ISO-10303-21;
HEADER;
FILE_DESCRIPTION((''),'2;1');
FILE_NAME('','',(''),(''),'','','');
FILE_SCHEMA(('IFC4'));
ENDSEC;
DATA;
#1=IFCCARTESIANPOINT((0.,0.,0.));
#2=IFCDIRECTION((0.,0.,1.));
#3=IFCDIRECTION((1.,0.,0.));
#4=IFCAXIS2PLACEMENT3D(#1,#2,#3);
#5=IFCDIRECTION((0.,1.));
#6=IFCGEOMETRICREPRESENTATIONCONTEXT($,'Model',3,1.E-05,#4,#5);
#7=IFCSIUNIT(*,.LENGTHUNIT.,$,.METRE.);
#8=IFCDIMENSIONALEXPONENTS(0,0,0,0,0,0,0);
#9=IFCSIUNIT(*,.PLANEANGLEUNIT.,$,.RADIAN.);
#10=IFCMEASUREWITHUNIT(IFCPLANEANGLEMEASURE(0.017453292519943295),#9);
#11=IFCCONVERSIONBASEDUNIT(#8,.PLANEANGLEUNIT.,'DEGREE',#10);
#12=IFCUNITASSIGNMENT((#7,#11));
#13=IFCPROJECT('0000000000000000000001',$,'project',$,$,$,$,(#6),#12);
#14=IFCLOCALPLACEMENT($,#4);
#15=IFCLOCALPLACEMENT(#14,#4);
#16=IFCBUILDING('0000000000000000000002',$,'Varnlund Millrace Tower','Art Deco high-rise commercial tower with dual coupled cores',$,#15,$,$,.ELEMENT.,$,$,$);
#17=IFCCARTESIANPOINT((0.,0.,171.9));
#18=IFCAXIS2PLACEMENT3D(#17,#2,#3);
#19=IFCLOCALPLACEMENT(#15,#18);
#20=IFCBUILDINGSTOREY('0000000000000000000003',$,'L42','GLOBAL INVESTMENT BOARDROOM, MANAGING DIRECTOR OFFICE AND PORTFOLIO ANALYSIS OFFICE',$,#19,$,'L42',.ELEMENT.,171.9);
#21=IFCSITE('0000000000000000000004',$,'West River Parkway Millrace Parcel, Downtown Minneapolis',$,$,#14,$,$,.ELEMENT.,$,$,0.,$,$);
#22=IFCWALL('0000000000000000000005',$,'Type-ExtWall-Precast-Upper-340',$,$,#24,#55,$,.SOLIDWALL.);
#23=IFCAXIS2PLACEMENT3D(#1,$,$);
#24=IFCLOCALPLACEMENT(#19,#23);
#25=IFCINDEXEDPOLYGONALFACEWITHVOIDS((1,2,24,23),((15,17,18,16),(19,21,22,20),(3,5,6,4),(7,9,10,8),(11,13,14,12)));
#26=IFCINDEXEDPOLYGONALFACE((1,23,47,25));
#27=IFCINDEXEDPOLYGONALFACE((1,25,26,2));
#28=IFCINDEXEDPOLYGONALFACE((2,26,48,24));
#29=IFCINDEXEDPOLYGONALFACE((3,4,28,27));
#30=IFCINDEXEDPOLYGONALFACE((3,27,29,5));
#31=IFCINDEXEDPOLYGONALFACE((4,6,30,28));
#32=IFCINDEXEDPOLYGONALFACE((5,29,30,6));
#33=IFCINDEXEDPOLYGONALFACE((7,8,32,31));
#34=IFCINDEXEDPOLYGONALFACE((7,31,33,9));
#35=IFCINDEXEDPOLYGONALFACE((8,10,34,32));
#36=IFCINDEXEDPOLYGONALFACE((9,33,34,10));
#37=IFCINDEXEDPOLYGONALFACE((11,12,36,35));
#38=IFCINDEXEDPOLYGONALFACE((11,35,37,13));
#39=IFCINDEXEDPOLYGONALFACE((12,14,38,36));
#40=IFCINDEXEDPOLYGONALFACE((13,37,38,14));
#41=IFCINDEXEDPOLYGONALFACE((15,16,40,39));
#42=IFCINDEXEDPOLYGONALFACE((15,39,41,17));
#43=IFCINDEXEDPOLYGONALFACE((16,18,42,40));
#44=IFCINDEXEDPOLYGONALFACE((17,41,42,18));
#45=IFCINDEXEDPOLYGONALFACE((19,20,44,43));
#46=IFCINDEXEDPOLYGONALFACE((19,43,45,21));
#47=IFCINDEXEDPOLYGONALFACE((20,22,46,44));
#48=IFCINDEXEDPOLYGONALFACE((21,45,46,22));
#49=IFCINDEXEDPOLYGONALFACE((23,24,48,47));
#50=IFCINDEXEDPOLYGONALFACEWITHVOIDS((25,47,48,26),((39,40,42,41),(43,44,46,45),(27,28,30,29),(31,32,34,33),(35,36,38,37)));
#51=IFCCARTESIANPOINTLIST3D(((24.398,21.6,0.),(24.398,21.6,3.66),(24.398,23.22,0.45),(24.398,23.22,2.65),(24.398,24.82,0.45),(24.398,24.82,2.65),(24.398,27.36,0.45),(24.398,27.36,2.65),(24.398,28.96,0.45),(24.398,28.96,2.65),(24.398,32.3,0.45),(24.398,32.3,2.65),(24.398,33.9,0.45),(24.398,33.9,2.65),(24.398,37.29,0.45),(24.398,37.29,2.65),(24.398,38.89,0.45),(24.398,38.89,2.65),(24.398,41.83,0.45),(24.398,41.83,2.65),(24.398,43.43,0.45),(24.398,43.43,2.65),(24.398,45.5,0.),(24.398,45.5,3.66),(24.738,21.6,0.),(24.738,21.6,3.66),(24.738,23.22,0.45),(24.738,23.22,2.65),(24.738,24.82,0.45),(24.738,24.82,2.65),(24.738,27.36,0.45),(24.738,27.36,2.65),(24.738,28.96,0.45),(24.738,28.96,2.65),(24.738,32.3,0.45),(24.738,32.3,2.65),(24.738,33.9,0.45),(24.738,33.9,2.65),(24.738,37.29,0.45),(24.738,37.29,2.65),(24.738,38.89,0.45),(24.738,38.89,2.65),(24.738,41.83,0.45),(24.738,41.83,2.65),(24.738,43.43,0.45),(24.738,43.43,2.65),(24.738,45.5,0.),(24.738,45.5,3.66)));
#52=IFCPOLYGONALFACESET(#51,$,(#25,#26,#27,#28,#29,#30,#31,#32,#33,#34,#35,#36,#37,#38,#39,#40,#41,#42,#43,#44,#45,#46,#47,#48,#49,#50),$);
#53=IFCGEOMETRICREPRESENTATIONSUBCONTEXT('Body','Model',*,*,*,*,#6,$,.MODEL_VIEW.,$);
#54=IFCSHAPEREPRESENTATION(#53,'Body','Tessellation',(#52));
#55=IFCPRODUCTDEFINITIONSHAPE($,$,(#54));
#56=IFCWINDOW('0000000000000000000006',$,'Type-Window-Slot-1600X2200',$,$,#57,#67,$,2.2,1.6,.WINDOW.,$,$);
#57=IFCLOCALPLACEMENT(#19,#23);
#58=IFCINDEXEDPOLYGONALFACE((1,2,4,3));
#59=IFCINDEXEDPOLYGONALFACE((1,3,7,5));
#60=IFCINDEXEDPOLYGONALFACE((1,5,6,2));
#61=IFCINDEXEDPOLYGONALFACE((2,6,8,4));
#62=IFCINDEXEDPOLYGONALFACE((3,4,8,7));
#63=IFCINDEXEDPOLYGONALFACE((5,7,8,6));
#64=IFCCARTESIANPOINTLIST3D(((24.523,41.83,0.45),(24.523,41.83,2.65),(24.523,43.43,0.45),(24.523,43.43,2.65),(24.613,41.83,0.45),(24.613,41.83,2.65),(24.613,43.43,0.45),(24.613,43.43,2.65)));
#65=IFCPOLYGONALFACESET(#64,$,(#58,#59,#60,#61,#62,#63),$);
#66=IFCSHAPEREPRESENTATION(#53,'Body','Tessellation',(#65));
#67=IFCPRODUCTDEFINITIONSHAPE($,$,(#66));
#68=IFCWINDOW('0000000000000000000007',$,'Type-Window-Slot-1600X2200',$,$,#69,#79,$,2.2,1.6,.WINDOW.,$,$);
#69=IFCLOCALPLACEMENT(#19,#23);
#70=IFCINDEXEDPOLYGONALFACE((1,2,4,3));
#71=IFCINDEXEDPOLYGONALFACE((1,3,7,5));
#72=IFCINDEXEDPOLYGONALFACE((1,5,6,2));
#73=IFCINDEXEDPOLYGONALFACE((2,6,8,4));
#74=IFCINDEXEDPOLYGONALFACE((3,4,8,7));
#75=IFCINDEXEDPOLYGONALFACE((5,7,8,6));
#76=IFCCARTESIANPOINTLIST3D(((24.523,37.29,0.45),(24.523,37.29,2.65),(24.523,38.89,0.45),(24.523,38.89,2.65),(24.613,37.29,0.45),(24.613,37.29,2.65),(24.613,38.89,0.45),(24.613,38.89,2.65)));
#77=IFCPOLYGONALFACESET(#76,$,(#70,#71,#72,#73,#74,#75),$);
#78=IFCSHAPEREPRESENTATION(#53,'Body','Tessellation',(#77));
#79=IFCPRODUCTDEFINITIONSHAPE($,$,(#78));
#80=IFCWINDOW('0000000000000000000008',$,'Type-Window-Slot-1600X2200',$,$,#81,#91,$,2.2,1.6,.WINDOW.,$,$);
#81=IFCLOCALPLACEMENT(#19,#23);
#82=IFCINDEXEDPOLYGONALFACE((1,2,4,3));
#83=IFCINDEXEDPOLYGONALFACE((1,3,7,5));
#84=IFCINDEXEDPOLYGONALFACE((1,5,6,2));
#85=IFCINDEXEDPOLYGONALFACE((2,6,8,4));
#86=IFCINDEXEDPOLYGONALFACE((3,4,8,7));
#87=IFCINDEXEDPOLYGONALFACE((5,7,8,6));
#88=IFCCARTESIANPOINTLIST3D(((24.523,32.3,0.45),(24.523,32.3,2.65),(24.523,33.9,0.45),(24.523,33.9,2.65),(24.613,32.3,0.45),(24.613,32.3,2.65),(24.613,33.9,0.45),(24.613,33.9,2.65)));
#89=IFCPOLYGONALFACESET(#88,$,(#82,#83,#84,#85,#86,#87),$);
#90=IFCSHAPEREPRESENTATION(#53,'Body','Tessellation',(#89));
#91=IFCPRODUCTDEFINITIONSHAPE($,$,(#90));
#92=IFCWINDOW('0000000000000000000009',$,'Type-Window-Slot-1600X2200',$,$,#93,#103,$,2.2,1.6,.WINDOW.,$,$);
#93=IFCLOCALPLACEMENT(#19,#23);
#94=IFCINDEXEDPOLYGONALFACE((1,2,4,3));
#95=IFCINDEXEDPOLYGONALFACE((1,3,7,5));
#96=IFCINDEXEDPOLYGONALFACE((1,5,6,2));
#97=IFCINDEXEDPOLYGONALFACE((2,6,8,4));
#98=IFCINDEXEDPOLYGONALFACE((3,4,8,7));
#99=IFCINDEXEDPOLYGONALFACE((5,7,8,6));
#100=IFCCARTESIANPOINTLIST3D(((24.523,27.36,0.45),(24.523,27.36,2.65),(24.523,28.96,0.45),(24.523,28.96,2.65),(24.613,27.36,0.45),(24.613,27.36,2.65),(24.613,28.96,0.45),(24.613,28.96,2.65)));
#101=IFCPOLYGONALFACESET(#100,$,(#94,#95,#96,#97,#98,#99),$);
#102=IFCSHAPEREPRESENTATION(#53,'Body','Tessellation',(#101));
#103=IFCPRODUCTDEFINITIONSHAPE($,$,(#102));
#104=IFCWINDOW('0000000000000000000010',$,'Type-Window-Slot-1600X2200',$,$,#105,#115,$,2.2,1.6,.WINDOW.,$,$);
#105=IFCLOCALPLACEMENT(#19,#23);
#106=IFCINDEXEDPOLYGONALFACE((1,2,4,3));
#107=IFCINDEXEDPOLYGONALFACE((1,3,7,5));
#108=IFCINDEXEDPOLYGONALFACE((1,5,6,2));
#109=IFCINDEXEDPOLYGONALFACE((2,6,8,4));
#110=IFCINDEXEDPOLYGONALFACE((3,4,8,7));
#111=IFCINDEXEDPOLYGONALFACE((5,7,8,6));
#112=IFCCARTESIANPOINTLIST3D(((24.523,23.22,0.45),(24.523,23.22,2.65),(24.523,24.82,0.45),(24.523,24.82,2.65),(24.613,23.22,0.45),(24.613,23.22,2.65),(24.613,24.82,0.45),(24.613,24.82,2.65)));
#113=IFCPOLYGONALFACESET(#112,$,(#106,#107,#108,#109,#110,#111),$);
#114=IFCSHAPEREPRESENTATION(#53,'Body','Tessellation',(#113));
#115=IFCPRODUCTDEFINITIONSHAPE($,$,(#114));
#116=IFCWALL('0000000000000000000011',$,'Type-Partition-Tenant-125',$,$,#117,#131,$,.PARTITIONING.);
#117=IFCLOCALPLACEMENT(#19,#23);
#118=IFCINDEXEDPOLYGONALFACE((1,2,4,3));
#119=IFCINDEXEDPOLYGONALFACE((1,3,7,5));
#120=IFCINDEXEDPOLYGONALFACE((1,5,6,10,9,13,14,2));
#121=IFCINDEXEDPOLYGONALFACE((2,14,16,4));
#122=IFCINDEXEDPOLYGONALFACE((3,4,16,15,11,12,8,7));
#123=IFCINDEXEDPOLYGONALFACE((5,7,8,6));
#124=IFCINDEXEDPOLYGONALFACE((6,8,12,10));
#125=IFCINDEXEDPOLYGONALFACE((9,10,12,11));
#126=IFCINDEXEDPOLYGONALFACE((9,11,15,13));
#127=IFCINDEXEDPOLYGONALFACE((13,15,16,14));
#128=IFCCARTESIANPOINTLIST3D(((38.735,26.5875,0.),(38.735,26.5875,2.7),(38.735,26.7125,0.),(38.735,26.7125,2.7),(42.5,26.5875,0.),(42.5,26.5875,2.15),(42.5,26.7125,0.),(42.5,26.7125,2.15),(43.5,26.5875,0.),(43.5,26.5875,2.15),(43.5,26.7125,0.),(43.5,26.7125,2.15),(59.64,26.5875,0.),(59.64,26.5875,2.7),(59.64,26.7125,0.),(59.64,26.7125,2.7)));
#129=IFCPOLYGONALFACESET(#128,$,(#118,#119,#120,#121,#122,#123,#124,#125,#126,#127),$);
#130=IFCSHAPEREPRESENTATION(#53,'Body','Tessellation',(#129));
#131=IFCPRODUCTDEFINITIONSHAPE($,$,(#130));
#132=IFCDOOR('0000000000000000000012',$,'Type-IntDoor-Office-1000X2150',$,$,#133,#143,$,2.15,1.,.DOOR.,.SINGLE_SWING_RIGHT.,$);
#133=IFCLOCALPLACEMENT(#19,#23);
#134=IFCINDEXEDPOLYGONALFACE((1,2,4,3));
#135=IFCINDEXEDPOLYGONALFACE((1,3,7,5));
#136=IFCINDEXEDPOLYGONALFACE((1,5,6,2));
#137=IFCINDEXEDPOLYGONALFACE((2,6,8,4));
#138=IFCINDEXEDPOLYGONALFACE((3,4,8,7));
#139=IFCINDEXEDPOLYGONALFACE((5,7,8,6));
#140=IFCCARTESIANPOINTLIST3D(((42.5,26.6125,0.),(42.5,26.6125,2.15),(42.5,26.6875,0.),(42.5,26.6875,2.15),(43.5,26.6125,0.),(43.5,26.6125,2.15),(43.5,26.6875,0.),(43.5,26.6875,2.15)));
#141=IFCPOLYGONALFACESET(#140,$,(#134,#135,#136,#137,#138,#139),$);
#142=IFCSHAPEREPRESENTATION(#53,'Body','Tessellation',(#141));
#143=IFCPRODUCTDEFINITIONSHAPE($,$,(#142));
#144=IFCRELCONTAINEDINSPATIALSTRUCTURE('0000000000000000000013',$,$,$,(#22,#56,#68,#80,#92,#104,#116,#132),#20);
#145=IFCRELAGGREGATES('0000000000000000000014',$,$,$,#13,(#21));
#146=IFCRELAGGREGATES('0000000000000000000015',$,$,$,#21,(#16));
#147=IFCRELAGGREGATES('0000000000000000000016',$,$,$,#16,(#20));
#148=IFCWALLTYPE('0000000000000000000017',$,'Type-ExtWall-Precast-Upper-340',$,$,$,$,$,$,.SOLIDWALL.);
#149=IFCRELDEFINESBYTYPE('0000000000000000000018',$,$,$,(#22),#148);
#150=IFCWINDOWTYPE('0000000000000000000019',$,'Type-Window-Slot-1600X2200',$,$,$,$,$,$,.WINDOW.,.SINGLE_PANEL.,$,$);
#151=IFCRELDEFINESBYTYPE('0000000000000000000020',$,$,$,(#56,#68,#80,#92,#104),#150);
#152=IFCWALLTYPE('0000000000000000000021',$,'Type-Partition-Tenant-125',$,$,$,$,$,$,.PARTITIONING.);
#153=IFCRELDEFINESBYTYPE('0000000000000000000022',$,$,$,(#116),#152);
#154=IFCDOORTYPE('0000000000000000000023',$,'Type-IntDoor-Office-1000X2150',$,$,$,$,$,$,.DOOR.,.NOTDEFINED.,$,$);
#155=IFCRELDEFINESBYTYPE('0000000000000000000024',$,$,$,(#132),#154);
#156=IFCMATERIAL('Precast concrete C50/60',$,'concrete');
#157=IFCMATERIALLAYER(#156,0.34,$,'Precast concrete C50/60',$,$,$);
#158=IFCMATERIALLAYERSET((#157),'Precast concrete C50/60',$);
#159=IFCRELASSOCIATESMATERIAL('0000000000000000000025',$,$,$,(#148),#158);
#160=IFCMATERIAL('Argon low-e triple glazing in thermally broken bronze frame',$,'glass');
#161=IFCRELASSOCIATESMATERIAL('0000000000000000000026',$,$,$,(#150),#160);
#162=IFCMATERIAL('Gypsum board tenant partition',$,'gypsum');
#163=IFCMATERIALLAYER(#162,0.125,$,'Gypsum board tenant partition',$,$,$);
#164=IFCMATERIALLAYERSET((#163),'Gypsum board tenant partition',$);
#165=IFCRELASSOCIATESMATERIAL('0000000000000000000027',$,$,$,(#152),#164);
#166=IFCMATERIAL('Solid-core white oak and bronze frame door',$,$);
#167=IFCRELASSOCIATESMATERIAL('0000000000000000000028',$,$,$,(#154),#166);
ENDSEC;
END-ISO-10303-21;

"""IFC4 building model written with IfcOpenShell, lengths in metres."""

from ifc_helpers import new_model, entity, si_unit, converted_unit, direction, frame, origin_with_axes, origin_2d_with_axis, place, context, subcontext, project, spatial, polyline, rectangle, outline, extrude, material, layer, layer_set, type_object, element, fill, save


model = new_model("IFC4")

# Units and contexts
model_context = context("Model", 3, precision=1e-05, world=origin_with_axes(), true_north=direction((0.0, 1.0)))
body_context = subcontext(model_context, "Body", "Model", "MODEL_VIEW")
ifc_project = project(units=[si_unit("LENGTHUNIT", "METRE"), converted_unit("PLANEANGLEUNIT", "DEGREE", entity("IfcPlaneAngleMeasure", 0.017453292519943295), si_unit("PLANEANGLEUNIT", "RADIAN"), dimensions=[0, 0, 0, 0, 0, 0, 0])], contexts=[model_context])

# Site, building, storey
site_placement = place(None, origin_with_axes())
site = spatial("IfcSite", under=ifc_project, at=site_placement, Name="West River Parkway Millrace Parcel, Downtown Minneapolis", CompositionType="ELEMENT", RefElevation=0.0)
building_placement = place(site_placement, origin_with_axes())
building = spatial("IfcBuilding", under=site, at=building_placement, Name="Varnlund Millrace Tower", Description="Art Deco high-rise commercial tower with dual coupled cores", CompositionType="ELEMENT")
storey_placement = place(building_placement, frame((0.0, 0.0, 171.9), z_axis=(0.0, 0.0, 1.0), x_axis=(1.0, 0.0, 0.0)))
storey = spatial("IfcBuildingStorey", under=building, at=storey_placement, Name="L42", Description="GLOBAL INVESTMENT BOARDROOM, MANAGING DIRECTOR OFFICE AND PORTFOLIO ANALYSIS OFFICE", LongName="L42", CompositionType="ELEMENT", Elevation=171.9)

# Shared definitions
ifc_material_1 = material(Name="Precast concrete C50/60", Category="concrete")
ifc_layer_1 = layer(ifc_material_1, 0.34, Name="Precast concrete C50/60")
ifc_layer_set_1 = layer_set([ifc_layer_1], Name="Precast concrete C50/60")
wall_type_1 = type_object("IfcWallType", Name="Type-ExtWall-Precast-Upper-340", PredefinedType="SOLIDWALL", material=ifc_layer_set_1)
ifc_material_2 = material(Name="Argon low-e triple glazing in thermally broken bronze frame", Category="glass")

# Wall, openings, windows
wall_1_placement = place(storey_placement, frame((24.568, 45.5, 0.0), z_axis=(0.0, 0.0, 1.0), x_axis=(0.0, -1.0, 0.0)))
wall_1 = element("IfcWall", 1, at=wall_1_placement, inside=storey, type_object=wall_type_1, Name="Type-ExtWall-Precast-Upper-340", PredefinedType="SOLIDWALL", context=body_context, shape_type="SweptSolid", body=[
    extrude(outline(polyline([(0.0, -0.17), (23.9, -0.17), (23.9, 0.17), (0.0, 0.17), (0.0, -0.17)])), origin_with_axes(), (0.0, 0.0, 1.0), 3.66),
])
opening_1_placement = place(wall_1_placement, frame((2.87, 0.0, 0.45), z_axis=(0.0, 0.0, 1.0), x_axis=(1.0, 0.0, 0.0)))
opening_1 = element("IfcOpeningElement", 2, at=opening_1_placement, cuts=wall_1, PredefinedType="OPENING", context=body_context, shape_type="SweptSolid", body=[
    extrude(rectangle(XDim=1.6, YDim=0.36, at=origin_2d_with_axis()), origin_with_axes(), (0.0, 0.0, 1.0), 2.2),
])
opening_2_placement = place(wall_1_placement, frame((7.41, 0.0, 0.45), z_axis=(0.0, 0.0, 1.0), x_axis=(1.0, 0.0, 0.0)))
opening_2 = element("IfcOpeningElement", 3, at=opening_2_placement, cuts=wall_1, PredefinedType="OPENING", context=body_context, shape_type="SweptSolid", body=[
    extrude(rectangle(XDim=1.6, YDim=0.36, at=origin_2d_with_axis()), origin_with_axes(), (0.0, 0.0, 1.0), 2.2),
])
opening_3_placement = place(wall_1_placement, frame((12.4, 0.0, 0.45), z_axis=(0.0, 0.0, 1.0), x_axis=(1.0, 0.0, 0.0)))
opening_3 = element("IfcOpeningElement", 4, at=opening_3_placement, cuts=wall_1, PredefinedType="OPENING", context=body_context, shape_type="SweptSolid", body=[
    extrude(rectangle(XDim=1.6, YDim=0.36, at=origin_2d_with_axis()), origin_with_axes(), (0.0, 0.0, 1.0), 2.2),
])
opening_4_placement = place(wall_1_placement, frame((17.34, 0.0, 0.45), z_axis=(0.0, 0.0, 1.0), x_axis=(1.0, 0.0, 0.0)))
opening_4 = element("IfcOpeningElement", 5, at=opening_4_placement, cuts=wall_1, PredefinedType="OPENING", context=body_context, shape_type="SweptSolid", body=[
    extrude(rectangle(XDim=1.6, YDim=0.36, at=origin_2d_with_axis()), origin_with_axes(), (0.0, 0.0, 1.0), 2.2),
])
opening_5_placement = place(wall_1_placement, frame((21.48, 0.0, 0.45), z_axis=(0.0, 0.0, 1.0), x_axis=(1.0, 0.0, 0.0)))
opening_5 = element("IfcOpeningElement", 6, at=opening_5_placement, cuts=wall_1, PredefinedType="OPENING", context=body_context, shape_type="SweptSolid", body=[
    extrude(rectangle(XDim=1.6, YDim=0.36, at=origin_2d_with_axis()), origin_with_axes(), (0.0, 0.0, 1.0), 2.2),
])
window_type_1 = type_object("IfcWindowType", Name="Type-Window-Slot-1600X2200", PartitioningType="SINGLE_PANEL", PredefinedType="WINDOW", material=ifc_material_2)
window_1_placement = place(wall_1_placement, frame((2.87, 0.0, 0.45), z_axis=(0.0, 0.0, 1.0), x_axis=(1.0, 0.0, 0.0)))
window_1 = element("IfcWindow", 7, at=window_1_placement, inside=storey, type_object=window_type_1, Name="Type-Window-Slot-1600X2200", OverallHeight=2.2, OverallWidth=1.6, PredefinedType="WINDOW", context=body_context, shape_type="SweptSolid", body=[
    extrude(rectangle(XDim=1.6, YDim=0.09, at=origin_2d_with_axis()), origin_with_axes(), (0.0, 0.0, 1.0), 2.2),
])
fill(opening_1, window_1)
window_2_placement = place(wall_1_placement, frame((7.41, 0.0, 0.45), z_axis=(0.0, 0.0, 1.0), x_axis=(1.0, 0.0, 0.0)))
window_2 = element("IfcWindow", 8, at=window_2_placement, inside=storey, type_object=window_type_1, Name="Type-Window-Slot-1600X2200", OverallHeight=2.2, OverallWidth=1.6, PredefinedType="WINDOW", context=body_context, shape_type="SweptSolid", body=[
    extrude(rectangle(XDim=1.6, YDim=0.09, at=origin_2d_with_axis()), origin_with_axes(), (0.0, 0.0, 1.0), 2.2),
])
fill(opening_2, window_2)
window_3_placement = place(wall_1_placement, frame((12.4, 0.0, 0.45), z_axis=(0.0, 0.0, 1.0), x_axis=(1.0, 0.0, 0.0)))
window_3 = element("IfcWindow", 9, at=window_3_placement, inside=storey, type_object=window_type_1, Name="Type-Window-Slot-1600X2200", OverallHeight=2.2, OverallWidth=1.6, PredefinedType="WINDOW", context=body_context, shape_type="SweptSolid", body=[
    extrude(rectangle(XDim=1.6, YDim=0.09, at=origin_2d_with_axis()), origin_with_axes(), (0.0, 0.0, 1.0), 2.2),
])
fill(opening_3, window_3)
window_4_placement = place(wall_1_placement, frame((17.34, 0.0, 0.45), z_axis=(0.0, 0.0, 1.0), x_axis=(1.0, 0.0, 0.0)))
window_4 = element("IfcWindow", 10, at=window_4_placement, inside=storey, type_object=window_type_1, Name="Type-Window-Slot-1600X2200", OverallHeight=2.2, OverallWidth=1.6, PredefinedType="WINDOW", context=body_context, shape_type="SweptSolid", body=[
    extrude(rectangle(XDim=1.6, YDim=0.09, at=origin_2d_with_axis()), origin_with_axes(), (0.0, 0.0, 1.0), 2.2),
])
fill(opening_4, window_4)
window_5_placement = place(wall_1_placement, frame((21.48, 0.0, 0.45), z_axis=(0.0, 0.0, 1.0), x_axis=(1.0, 0.0, 0.0)))
window_5 = element("IfcWindow", 11, at=window_5_placement, inside=storey, type_object=window_type_1, Name="Type-Window-Slot-1600X2200", OverallHeight=2.2, OverallWidth=1.6, PredefinedType="WINDOW", context=body_context, shape_type="SweptSolid", body=[
    extrude(rectangle(XDim=1.6, YDim=0.09, at=origin_2d_with_axis()), origin_with_axes(), (0.0, 0.0, 1.0), 2.2),
])
fill(opening_5, window_5)

# Wall, opening, door
ifc_material_3 = material(Name="Gypsum board tenant partition", Category="gypsum")
ifc_layer_2 = layer(ifc_material_3, 0.125, Name="Gypsum board tenant partition")
ifc_layer_set_2 = layer_set([ifc_layer_2], Name="Gypsum board tenant partition")
wall_type_2 = type_object("IfcWallType", Name="Type-Partition-Tenant-125", PredefinedType="PARTITIONING", material=ifc_layer_set_2)
wall_2_placement = place(storey_placement, frame((38.735, 26.65, 0.0), z_axis=(0.0, 0.0, 1.0), x_axis=(1.0, 0.0, 0.0)))
wall_2 = element("IfcWall", 12, at=wall_2_placement, inside=storey, type_object=wall_type_2, Name="Type-Partition-Tenant-125", PredefinedType="PARTITIONING", context=body_context, shape_type="SweptSolid", body=[
    extrude(outline(polyline([(0.0, -0.0625), (20.905, -0.0625), (20.905, 0.0625), (0.0, 0.0625), (0.0, -0.0625)])), origin_with_axes(), (0.0, 0.0, 1.0), 2.7),
])
opening_6_placement = place(wall_2_placement, frame((4.265, 0.0, 0.0), z_axis=(0.0, 0.0, 1.0), x_axis=(1.0, 0.0, 0.0)))
opening_6 = element("IfcOpeningElement", 13, at=opening_6_placement, cuts=wall_2, PredefinedType="OPENING", context=body_context, shape_type="SweptSolid", body=[
    extrude(rectangle(XDim=1.0, YDim=0.145, at=origin_2d_with_axis()), origin_with_axes(), (0.0, 0.0, 1.0), 2.15),
])
ifc_material_4 = material(Name="Solid-core white oak and bronze frame door")
door_type = type_object("IfcDoorType", Name="Type-IntDoor-Office-1000X2150", OperationType="NOTDEFINED", PredefinedType="DOOR", material=ifc_material_4)
door_placement = place(wall_2_placement, frame((4.265, 0.0, 0.0), z_axis=(0.0, 0.0, 1.0), x_axis=(1.0, 0.0, 0.0)))
door = element("IfcDoor", 14, at=door_placement, inside=storey, type_object=door_type, Name="Type-IntDoor-Office-1000X2150", OperationType="SINGLE_SWING_RIGHT", OverallHeight=2.15, OverallWidth=1.0, PredefinedType="DOOR", context=body_context, shape_type="SweptSolid", body=[
    extrude(rectangle(XDim=1.0, YDim=0.075, at=origin_2d_with_axis()), origin_with_axes(), (0.0, 0.0, 1.0), 2.15),
])
fill(opening_6, door)

save(model, "model.ifc")
